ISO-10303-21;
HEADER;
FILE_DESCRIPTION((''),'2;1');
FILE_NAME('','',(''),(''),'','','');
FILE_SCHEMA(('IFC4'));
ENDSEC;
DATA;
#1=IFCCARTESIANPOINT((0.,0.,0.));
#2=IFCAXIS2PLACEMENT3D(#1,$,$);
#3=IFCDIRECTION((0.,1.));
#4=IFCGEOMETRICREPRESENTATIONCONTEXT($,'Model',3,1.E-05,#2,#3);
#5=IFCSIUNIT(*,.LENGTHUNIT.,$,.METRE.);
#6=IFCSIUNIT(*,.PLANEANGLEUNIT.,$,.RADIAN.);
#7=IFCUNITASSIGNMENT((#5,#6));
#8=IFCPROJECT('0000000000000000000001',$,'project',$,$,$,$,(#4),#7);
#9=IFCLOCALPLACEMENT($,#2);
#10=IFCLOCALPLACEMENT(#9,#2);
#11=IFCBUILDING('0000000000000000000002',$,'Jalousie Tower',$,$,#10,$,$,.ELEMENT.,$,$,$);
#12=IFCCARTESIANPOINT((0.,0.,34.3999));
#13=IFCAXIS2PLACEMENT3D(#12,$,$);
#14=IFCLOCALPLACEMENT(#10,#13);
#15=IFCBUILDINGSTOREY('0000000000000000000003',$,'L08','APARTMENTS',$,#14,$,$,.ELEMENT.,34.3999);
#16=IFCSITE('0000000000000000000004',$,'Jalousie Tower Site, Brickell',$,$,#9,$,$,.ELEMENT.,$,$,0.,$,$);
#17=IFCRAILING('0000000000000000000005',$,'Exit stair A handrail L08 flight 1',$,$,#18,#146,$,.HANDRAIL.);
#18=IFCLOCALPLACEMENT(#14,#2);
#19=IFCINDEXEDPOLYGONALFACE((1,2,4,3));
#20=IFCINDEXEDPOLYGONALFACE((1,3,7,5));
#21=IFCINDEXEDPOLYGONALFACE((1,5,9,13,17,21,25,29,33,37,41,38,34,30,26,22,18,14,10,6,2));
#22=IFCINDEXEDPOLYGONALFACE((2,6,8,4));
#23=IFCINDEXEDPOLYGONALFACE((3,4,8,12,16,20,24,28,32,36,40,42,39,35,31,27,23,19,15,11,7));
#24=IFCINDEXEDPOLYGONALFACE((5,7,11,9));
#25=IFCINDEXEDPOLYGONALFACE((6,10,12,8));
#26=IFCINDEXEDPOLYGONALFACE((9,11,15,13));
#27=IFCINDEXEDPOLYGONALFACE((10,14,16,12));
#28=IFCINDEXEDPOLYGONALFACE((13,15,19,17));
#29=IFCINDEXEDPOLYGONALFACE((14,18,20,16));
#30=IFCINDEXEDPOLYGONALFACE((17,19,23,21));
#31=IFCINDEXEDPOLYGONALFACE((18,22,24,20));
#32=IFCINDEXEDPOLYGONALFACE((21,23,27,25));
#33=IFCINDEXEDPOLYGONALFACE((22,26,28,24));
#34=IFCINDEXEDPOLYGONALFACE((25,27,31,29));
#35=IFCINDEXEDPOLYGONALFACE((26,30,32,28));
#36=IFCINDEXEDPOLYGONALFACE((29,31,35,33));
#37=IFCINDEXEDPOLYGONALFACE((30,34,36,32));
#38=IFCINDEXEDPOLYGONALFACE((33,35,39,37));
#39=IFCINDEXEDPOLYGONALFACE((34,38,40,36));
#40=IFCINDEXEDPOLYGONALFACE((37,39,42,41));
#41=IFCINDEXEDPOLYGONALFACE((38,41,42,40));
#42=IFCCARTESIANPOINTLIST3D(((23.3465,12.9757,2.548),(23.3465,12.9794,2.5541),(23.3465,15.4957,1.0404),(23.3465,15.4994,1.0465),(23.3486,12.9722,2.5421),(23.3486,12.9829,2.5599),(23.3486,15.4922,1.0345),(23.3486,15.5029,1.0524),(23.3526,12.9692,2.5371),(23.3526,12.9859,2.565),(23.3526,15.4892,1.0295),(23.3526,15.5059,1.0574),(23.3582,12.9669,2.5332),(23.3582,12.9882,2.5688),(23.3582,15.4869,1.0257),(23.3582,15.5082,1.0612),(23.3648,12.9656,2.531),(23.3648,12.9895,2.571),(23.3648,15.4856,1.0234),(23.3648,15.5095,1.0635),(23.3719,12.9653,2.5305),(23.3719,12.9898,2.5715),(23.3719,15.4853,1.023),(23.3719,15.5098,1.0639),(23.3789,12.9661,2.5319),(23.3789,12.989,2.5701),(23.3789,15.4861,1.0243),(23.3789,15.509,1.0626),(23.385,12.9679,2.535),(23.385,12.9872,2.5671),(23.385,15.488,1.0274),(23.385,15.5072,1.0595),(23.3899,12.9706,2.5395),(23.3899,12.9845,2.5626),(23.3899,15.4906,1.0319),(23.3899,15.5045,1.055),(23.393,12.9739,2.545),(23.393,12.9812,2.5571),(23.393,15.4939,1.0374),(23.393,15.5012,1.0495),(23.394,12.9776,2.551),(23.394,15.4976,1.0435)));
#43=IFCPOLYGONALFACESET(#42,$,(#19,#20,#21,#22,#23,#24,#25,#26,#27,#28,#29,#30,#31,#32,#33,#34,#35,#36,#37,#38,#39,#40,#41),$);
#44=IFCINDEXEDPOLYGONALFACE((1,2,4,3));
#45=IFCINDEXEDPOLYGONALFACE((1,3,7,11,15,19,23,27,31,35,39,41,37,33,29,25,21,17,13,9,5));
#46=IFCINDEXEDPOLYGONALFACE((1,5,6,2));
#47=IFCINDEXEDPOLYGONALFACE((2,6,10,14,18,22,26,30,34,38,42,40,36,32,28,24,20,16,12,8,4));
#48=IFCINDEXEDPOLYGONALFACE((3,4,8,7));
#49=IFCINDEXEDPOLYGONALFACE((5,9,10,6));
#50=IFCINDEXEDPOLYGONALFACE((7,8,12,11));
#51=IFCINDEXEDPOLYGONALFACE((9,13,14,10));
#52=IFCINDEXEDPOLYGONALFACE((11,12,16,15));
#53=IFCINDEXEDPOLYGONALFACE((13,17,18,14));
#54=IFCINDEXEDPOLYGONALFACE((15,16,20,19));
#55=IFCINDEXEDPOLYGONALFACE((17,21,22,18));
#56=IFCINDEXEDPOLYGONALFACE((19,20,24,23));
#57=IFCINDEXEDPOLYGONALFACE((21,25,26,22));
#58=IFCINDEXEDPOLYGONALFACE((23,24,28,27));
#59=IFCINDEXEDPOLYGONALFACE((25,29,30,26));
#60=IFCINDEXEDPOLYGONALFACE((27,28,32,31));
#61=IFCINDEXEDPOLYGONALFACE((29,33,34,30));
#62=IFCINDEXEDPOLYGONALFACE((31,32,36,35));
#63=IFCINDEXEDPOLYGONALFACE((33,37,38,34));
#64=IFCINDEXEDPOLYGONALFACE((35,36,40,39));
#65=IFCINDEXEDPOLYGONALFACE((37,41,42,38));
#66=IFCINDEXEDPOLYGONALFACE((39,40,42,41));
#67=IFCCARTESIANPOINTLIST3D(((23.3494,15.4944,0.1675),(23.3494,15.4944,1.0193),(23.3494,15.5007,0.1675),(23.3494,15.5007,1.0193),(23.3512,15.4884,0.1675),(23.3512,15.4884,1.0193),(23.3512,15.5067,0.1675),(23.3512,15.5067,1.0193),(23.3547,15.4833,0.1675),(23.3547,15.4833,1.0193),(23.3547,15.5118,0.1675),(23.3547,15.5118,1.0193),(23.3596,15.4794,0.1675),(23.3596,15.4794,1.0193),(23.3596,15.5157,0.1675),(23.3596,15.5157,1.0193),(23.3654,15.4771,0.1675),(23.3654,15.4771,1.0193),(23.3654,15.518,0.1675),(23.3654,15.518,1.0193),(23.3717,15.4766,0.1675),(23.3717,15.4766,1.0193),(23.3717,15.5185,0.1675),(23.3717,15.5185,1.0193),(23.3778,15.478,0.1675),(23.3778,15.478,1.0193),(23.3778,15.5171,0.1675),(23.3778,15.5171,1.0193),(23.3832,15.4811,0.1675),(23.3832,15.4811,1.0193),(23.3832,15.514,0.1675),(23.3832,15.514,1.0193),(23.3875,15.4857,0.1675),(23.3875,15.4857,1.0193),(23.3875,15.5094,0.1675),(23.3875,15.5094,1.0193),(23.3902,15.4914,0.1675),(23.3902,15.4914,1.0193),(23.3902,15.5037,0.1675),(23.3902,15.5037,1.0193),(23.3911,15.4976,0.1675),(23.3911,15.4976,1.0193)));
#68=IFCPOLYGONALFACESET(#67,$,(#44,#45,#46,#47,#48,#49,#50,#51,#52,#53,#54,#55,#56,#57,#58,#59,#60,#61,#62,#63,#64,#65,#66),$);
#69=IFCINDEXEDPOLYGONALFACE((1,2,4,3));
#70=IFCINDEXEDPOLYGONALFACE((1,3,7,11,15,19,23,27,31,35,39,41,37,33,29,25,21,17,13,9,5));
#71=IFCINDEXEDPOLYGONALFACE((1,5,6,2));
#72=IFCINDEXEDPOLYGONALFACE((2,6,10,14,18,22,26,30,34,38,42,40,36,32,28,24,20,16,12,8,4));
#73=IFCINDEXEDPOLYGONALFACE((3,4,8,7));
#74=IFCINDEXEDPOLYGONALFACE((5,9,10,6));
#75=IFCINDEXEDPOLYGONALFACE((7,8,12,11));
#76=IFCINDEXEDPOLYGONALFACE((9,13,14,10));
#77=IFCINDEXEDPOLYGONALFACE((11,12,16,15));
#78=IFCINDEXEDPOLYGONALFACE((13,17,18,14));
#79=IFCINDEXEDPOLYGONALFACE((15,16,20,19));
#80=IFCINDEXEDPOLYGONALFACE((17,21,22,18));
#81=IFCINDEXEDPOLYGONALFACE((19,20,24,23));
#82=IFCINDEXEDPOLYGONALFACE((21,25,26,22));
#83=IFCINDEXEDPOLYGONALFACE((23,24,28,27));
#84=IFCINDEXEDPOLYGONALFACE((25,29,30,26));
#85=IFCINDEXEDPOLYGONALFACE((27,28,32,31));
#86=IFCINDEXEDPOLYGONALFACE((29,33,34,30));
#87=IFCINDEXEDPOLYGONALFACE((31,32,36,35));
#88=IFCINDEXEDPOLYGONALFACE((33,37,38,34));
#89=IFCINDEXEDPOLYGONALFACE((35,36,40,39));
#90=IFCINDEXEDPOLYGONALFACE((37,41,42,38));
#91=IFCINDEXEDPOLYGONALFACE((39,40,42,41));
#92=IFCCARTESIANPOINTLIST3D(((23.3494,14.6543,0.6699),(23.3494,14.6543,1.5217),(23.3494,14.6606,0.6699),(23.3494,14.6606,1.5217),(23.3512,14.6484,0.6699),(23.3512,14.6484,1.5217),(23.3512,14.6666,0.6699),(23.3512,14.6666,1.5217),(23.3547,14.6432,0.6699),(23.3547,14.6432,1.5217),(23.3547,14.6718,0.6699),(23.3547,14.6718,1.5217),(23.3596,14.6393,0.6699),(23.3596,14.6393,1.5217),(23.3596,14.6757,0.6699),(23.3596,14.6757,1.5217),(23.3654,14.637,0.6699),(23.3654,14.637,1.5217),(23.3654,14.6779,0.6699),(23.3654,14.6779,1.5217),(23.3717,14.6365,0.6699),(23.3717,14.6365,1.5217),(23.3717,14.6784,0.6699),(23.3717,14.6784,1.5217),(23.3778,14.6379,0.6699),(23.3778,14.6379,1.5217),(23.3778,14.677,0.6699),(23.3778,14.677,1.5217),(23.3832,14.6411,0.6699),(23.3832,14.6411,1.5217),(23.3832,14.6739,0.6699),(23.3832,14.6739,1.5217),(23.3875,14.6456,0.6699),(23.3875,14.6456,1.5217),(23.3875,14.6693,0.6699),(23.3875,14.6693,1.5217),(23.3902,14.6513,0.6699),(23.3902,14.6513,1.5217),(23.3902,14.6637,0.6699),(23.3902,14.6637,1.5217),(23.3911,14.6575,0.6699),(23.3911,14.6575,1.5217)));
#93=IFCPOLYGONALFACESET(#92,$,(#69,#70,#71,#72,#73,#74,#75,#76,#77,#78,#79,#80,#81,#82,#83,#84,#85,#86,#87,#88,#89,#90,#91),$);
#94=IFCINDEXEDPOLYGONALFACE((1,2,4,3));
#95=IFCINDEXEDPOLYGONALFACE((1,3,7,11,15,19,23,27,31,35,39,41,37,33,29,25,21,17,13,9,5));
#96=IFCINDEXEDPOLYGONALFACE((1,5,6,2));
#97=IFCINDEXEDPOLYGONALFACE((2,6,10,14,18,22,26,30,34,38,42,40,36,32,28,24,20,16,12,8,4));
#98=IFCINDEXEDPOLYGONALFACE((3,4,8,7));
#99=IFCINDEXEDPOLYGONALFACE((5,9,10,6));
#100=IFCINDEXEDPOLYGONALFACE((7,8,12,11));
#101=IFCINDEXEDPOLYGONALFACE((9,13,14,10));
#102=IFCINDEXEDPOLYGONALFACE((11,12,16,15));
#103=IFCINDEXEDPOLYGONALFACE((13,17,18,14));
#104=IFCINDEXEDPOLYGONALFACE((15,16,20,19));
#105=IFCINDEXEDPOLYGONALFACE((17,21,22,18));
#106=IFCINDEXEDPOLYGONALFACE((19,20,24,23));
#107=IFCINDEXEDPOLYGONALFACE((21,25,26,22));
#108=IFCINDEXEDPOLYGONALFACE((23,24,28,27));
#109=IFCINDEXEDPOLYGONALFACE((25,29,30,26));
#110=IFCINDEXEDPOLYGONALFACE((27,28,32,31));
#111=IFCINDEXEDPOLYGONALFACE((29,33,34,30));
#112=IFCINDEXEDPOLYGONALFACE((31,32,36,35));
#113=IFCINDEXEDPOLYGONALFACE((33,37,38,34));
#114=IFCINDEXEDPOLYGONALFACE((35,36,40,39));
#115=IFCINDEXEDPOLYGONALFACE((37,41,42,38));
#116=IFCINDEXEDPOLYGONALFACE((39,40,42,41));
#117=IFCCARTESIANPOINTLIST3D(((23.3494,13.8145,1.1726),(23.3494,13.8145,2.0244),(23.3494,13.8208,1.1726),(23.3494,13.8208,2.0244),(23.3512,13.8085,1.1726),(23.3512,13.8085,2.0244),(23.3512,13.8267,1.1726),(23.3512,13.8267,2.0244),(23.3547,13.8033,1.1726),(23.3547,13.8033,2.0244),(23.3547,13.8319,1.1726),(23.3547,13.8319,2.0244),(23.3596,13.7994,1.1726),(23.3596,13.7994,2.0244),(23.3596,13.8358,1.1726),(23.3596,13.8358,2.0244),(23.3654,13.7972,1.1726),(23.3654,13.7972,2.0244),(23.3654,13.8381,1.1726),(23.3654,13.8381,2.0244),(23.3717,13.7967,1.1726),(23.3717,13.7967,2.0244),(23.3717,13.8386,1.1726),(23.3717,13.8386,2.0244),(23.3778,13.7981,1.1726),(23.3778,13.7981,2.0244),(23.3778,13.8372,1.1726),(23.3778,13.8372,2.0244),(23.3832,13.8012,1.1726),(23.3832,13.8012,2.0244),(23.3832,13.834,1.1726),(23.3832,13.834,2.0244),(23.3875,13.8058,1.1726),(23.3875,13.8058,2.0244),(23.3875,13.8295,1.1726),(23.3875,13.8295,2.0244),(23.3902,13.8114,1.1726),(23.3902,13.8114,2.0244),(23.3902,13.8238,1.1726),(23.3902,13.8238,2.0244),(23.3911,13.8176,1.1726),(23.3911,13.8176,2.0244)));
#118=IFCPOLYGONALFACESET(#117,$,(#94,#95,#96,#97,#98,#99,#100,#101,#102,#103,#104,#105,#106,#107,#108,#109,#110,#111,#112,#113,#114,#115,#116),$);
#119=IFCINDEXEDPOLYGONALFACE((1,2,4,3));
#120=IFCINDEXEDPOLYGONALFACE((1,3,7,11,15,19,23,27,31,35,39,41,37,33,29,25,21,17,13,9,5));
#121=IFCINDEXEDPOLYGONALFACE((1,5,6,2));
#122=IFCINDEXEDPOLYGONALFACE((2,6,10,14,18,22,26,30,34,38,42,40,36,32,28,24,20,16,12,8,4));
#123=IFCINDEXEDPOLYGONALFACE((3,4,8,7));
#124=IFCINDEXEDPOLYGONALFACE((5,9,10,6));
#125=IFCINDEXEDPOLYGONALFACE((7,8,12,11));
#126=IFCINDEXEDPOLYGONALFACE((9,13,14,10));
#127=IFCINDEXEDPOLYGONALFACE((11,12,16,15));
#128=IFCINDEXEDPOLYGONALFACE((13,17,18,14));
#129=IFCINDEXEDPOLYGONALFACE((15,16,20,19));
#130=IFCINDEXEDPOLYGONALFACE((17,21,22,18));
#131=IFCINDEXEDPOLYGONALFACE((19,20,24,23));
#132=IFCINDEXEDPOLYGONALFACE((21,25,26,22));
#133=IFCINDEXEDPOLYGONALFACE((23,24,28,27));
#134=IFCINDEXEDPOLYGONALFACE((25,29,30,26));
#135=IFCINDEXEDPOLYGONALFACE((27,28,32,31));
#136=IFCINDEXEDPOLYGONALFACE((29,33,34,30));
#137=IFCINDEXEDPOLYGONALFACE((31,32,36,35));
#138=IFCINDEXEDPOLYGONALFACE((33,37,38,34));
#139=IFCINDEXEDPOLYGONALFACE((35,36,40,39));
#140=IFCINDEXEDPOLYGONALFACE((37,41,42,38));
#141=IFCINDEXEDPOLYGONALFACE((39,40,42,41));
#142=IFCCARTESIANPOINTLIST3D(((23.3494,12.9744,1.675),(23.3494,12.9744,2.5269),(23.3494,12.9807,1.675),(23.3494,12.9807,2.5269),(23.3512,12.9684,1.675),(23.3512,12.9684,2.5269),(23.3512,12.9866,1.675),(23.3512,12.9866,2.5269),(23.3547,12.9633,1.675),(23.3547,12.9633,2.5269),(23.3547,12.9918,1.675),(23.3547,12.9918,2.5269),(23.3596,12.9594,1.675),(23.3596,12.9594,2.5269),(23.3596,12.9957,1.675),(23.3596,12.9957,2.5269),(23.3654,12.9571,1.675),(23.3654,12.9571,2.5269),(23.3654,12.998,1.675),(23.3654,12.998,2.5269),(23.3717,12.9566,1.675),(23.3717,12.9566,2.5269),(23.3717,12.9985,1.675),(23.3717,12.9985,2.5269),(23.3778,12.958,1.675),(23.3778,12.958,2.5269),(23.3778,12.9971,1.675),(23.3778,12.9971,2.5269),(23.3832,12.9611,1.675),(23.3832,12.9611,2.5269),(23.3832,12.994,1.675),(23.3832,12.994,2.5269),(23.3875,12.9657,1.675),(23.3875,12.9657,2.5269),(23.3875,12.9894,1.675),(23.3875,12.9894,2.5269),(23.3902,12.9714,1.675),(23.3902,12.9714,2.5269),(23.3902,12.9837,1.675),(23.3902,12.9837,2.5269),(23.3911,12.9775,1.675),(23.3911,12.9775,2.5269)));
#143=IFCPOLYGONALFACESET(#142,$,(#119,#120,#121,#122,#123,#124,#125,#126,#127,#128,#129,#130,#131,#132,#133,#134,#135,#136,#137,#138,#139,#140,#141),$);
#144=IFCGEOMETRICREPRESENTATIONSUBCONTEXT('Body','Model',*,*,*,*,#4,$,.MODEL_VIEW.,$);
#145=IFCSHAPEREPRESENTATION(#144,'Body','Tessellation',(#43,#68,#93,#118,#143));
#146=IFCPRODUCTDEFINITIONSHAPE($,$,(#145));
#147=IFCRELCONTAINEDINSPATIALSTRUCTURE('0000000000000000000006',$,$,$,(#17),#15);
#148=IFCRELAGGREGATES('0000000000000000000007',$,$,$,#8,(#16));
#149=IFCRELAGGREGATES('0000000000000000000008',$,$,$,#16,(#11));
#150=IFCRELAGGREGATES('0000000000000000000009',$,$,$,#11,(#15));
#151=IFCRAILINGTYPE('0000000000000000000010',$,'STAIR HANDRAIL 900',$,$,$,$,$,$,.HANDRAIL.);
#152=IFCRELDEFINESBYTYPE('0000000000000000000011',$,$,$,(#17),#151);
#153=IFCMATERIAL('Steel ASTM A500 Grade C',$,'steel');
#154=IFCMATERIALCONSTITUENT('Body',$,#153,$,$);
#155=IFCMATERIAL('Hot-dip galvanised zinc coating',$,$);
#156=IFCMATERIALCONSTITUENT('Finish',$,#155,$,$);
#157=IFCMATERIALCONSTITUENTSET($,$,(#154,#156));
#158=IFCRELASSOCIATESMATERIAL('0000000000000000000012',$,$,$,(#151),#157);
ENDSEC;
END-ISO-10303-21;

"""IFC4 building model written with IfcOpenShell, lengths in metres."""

from ifc_helpers import new_model, si_unit, direction, frame, origin, origin_2d, place, context, subcontext, project, spatial, circle, extrude, material, constituent, constituent_set, type_object, element, save


model = new_model("IFC4")

# Units and contexts
model_context = context("Model", 3, precision=1e-05, world=origin(), true_north=direction((0.0, 1.0)))
body_context = subcontext(model_context, "Body", "Model", "MODEL_VIEW")
ifc_project = project(units=[si_unit("LENGTHUNIT", "METRE"), si_unit("PLANEANGLEUNIT", "RADIAN")], contexts=[model_context])

# Site, building, storey
site_placement = place(None, origin())
site = spatial("IfcSite", under=ifc_project, at=site_placement, Name="Jalousie Tower Site, Brickell", CompositionType="ELEMENT", RefElevation=0.0)
building_placement = place(site_placement, origin())
building = spatial("IfcBuilding", under=site, at=building_placement, Name="Jalousie Tower", CompositionType="ELEMENT")
storey_placement = place(building_placement, frame((0.0, 0.0, 34.3999)))
storey = spatial("IfcBuildingStorey", under=building, at=storey_placement, Name="L08", Description="APARTMENTS", CompositionType="ELEMENT", Elevation=34.3999)

# Railing
ifc_material_1 = material(Name="Steel ASTM A500 Grade C", Category="steel")
ifc_constituent_1 = constituent(ifc_material_1, Name="Body")
ifc_material_2 = material(Name="Hot-dip galvanised zinc coating")
ifc_constituent_2 = constituent(ifc_material_2, Name="Finish")
ifc_constituent_set_1 = constituent_set(constituents=[ifc_constituent_1, ifc_constituent_2])
railing_type_1 = type_object("IfcRailingType", Name="STAIR HANDRAIL 900", PredefinedType="HANDRAIL", material=ifc_constituent_set_1)
railing_1_placement = place(storey_placement, frame((23.3701, 15.4976, 0.1675)))
element("IfcRailing", 1, at=railing_1_placement, inside=storey, type_object=railing_type_1, Name="Exit stair A handrail L08 flight 1", PredefinedType="HANDRAIL", context=body_context, shape_type="SweptSolid", body=[
    extrude(circle(Radius=0.0239, at=origin_2d()), frame((0.0, 0.0, 0.876), z_axis=(0.0, -0.85816, 0.513383), x_axis=(1.0, 0.0, 0.0)), (0.0, 0.0, 1.0), 2.9365),
    extrude(circle(Radius=0.021, at=origin_2d()), origin(), (0.0, 0.0, 1.0), 0.8518),
    extrude(circle(Radius=0.021, at=origin_2d()), frame((0.0, -0.8401, 0.5024)), (0.0, 0.0, 1.0), 0.8518),
    extrude(circle(Radius=0.021, at=origin_2d()), frame((0.0, -1.6799, 1.0051)), (0.0, 0.0, 1.0), 0.8518),
    extrude(circle(Radius=0.021, at=origin_2d()), frame((0.0, -2.52, 1.5076)), (0.0, 0.0, 1.0), 0.8518),
])

save(model, "model.ifc")
